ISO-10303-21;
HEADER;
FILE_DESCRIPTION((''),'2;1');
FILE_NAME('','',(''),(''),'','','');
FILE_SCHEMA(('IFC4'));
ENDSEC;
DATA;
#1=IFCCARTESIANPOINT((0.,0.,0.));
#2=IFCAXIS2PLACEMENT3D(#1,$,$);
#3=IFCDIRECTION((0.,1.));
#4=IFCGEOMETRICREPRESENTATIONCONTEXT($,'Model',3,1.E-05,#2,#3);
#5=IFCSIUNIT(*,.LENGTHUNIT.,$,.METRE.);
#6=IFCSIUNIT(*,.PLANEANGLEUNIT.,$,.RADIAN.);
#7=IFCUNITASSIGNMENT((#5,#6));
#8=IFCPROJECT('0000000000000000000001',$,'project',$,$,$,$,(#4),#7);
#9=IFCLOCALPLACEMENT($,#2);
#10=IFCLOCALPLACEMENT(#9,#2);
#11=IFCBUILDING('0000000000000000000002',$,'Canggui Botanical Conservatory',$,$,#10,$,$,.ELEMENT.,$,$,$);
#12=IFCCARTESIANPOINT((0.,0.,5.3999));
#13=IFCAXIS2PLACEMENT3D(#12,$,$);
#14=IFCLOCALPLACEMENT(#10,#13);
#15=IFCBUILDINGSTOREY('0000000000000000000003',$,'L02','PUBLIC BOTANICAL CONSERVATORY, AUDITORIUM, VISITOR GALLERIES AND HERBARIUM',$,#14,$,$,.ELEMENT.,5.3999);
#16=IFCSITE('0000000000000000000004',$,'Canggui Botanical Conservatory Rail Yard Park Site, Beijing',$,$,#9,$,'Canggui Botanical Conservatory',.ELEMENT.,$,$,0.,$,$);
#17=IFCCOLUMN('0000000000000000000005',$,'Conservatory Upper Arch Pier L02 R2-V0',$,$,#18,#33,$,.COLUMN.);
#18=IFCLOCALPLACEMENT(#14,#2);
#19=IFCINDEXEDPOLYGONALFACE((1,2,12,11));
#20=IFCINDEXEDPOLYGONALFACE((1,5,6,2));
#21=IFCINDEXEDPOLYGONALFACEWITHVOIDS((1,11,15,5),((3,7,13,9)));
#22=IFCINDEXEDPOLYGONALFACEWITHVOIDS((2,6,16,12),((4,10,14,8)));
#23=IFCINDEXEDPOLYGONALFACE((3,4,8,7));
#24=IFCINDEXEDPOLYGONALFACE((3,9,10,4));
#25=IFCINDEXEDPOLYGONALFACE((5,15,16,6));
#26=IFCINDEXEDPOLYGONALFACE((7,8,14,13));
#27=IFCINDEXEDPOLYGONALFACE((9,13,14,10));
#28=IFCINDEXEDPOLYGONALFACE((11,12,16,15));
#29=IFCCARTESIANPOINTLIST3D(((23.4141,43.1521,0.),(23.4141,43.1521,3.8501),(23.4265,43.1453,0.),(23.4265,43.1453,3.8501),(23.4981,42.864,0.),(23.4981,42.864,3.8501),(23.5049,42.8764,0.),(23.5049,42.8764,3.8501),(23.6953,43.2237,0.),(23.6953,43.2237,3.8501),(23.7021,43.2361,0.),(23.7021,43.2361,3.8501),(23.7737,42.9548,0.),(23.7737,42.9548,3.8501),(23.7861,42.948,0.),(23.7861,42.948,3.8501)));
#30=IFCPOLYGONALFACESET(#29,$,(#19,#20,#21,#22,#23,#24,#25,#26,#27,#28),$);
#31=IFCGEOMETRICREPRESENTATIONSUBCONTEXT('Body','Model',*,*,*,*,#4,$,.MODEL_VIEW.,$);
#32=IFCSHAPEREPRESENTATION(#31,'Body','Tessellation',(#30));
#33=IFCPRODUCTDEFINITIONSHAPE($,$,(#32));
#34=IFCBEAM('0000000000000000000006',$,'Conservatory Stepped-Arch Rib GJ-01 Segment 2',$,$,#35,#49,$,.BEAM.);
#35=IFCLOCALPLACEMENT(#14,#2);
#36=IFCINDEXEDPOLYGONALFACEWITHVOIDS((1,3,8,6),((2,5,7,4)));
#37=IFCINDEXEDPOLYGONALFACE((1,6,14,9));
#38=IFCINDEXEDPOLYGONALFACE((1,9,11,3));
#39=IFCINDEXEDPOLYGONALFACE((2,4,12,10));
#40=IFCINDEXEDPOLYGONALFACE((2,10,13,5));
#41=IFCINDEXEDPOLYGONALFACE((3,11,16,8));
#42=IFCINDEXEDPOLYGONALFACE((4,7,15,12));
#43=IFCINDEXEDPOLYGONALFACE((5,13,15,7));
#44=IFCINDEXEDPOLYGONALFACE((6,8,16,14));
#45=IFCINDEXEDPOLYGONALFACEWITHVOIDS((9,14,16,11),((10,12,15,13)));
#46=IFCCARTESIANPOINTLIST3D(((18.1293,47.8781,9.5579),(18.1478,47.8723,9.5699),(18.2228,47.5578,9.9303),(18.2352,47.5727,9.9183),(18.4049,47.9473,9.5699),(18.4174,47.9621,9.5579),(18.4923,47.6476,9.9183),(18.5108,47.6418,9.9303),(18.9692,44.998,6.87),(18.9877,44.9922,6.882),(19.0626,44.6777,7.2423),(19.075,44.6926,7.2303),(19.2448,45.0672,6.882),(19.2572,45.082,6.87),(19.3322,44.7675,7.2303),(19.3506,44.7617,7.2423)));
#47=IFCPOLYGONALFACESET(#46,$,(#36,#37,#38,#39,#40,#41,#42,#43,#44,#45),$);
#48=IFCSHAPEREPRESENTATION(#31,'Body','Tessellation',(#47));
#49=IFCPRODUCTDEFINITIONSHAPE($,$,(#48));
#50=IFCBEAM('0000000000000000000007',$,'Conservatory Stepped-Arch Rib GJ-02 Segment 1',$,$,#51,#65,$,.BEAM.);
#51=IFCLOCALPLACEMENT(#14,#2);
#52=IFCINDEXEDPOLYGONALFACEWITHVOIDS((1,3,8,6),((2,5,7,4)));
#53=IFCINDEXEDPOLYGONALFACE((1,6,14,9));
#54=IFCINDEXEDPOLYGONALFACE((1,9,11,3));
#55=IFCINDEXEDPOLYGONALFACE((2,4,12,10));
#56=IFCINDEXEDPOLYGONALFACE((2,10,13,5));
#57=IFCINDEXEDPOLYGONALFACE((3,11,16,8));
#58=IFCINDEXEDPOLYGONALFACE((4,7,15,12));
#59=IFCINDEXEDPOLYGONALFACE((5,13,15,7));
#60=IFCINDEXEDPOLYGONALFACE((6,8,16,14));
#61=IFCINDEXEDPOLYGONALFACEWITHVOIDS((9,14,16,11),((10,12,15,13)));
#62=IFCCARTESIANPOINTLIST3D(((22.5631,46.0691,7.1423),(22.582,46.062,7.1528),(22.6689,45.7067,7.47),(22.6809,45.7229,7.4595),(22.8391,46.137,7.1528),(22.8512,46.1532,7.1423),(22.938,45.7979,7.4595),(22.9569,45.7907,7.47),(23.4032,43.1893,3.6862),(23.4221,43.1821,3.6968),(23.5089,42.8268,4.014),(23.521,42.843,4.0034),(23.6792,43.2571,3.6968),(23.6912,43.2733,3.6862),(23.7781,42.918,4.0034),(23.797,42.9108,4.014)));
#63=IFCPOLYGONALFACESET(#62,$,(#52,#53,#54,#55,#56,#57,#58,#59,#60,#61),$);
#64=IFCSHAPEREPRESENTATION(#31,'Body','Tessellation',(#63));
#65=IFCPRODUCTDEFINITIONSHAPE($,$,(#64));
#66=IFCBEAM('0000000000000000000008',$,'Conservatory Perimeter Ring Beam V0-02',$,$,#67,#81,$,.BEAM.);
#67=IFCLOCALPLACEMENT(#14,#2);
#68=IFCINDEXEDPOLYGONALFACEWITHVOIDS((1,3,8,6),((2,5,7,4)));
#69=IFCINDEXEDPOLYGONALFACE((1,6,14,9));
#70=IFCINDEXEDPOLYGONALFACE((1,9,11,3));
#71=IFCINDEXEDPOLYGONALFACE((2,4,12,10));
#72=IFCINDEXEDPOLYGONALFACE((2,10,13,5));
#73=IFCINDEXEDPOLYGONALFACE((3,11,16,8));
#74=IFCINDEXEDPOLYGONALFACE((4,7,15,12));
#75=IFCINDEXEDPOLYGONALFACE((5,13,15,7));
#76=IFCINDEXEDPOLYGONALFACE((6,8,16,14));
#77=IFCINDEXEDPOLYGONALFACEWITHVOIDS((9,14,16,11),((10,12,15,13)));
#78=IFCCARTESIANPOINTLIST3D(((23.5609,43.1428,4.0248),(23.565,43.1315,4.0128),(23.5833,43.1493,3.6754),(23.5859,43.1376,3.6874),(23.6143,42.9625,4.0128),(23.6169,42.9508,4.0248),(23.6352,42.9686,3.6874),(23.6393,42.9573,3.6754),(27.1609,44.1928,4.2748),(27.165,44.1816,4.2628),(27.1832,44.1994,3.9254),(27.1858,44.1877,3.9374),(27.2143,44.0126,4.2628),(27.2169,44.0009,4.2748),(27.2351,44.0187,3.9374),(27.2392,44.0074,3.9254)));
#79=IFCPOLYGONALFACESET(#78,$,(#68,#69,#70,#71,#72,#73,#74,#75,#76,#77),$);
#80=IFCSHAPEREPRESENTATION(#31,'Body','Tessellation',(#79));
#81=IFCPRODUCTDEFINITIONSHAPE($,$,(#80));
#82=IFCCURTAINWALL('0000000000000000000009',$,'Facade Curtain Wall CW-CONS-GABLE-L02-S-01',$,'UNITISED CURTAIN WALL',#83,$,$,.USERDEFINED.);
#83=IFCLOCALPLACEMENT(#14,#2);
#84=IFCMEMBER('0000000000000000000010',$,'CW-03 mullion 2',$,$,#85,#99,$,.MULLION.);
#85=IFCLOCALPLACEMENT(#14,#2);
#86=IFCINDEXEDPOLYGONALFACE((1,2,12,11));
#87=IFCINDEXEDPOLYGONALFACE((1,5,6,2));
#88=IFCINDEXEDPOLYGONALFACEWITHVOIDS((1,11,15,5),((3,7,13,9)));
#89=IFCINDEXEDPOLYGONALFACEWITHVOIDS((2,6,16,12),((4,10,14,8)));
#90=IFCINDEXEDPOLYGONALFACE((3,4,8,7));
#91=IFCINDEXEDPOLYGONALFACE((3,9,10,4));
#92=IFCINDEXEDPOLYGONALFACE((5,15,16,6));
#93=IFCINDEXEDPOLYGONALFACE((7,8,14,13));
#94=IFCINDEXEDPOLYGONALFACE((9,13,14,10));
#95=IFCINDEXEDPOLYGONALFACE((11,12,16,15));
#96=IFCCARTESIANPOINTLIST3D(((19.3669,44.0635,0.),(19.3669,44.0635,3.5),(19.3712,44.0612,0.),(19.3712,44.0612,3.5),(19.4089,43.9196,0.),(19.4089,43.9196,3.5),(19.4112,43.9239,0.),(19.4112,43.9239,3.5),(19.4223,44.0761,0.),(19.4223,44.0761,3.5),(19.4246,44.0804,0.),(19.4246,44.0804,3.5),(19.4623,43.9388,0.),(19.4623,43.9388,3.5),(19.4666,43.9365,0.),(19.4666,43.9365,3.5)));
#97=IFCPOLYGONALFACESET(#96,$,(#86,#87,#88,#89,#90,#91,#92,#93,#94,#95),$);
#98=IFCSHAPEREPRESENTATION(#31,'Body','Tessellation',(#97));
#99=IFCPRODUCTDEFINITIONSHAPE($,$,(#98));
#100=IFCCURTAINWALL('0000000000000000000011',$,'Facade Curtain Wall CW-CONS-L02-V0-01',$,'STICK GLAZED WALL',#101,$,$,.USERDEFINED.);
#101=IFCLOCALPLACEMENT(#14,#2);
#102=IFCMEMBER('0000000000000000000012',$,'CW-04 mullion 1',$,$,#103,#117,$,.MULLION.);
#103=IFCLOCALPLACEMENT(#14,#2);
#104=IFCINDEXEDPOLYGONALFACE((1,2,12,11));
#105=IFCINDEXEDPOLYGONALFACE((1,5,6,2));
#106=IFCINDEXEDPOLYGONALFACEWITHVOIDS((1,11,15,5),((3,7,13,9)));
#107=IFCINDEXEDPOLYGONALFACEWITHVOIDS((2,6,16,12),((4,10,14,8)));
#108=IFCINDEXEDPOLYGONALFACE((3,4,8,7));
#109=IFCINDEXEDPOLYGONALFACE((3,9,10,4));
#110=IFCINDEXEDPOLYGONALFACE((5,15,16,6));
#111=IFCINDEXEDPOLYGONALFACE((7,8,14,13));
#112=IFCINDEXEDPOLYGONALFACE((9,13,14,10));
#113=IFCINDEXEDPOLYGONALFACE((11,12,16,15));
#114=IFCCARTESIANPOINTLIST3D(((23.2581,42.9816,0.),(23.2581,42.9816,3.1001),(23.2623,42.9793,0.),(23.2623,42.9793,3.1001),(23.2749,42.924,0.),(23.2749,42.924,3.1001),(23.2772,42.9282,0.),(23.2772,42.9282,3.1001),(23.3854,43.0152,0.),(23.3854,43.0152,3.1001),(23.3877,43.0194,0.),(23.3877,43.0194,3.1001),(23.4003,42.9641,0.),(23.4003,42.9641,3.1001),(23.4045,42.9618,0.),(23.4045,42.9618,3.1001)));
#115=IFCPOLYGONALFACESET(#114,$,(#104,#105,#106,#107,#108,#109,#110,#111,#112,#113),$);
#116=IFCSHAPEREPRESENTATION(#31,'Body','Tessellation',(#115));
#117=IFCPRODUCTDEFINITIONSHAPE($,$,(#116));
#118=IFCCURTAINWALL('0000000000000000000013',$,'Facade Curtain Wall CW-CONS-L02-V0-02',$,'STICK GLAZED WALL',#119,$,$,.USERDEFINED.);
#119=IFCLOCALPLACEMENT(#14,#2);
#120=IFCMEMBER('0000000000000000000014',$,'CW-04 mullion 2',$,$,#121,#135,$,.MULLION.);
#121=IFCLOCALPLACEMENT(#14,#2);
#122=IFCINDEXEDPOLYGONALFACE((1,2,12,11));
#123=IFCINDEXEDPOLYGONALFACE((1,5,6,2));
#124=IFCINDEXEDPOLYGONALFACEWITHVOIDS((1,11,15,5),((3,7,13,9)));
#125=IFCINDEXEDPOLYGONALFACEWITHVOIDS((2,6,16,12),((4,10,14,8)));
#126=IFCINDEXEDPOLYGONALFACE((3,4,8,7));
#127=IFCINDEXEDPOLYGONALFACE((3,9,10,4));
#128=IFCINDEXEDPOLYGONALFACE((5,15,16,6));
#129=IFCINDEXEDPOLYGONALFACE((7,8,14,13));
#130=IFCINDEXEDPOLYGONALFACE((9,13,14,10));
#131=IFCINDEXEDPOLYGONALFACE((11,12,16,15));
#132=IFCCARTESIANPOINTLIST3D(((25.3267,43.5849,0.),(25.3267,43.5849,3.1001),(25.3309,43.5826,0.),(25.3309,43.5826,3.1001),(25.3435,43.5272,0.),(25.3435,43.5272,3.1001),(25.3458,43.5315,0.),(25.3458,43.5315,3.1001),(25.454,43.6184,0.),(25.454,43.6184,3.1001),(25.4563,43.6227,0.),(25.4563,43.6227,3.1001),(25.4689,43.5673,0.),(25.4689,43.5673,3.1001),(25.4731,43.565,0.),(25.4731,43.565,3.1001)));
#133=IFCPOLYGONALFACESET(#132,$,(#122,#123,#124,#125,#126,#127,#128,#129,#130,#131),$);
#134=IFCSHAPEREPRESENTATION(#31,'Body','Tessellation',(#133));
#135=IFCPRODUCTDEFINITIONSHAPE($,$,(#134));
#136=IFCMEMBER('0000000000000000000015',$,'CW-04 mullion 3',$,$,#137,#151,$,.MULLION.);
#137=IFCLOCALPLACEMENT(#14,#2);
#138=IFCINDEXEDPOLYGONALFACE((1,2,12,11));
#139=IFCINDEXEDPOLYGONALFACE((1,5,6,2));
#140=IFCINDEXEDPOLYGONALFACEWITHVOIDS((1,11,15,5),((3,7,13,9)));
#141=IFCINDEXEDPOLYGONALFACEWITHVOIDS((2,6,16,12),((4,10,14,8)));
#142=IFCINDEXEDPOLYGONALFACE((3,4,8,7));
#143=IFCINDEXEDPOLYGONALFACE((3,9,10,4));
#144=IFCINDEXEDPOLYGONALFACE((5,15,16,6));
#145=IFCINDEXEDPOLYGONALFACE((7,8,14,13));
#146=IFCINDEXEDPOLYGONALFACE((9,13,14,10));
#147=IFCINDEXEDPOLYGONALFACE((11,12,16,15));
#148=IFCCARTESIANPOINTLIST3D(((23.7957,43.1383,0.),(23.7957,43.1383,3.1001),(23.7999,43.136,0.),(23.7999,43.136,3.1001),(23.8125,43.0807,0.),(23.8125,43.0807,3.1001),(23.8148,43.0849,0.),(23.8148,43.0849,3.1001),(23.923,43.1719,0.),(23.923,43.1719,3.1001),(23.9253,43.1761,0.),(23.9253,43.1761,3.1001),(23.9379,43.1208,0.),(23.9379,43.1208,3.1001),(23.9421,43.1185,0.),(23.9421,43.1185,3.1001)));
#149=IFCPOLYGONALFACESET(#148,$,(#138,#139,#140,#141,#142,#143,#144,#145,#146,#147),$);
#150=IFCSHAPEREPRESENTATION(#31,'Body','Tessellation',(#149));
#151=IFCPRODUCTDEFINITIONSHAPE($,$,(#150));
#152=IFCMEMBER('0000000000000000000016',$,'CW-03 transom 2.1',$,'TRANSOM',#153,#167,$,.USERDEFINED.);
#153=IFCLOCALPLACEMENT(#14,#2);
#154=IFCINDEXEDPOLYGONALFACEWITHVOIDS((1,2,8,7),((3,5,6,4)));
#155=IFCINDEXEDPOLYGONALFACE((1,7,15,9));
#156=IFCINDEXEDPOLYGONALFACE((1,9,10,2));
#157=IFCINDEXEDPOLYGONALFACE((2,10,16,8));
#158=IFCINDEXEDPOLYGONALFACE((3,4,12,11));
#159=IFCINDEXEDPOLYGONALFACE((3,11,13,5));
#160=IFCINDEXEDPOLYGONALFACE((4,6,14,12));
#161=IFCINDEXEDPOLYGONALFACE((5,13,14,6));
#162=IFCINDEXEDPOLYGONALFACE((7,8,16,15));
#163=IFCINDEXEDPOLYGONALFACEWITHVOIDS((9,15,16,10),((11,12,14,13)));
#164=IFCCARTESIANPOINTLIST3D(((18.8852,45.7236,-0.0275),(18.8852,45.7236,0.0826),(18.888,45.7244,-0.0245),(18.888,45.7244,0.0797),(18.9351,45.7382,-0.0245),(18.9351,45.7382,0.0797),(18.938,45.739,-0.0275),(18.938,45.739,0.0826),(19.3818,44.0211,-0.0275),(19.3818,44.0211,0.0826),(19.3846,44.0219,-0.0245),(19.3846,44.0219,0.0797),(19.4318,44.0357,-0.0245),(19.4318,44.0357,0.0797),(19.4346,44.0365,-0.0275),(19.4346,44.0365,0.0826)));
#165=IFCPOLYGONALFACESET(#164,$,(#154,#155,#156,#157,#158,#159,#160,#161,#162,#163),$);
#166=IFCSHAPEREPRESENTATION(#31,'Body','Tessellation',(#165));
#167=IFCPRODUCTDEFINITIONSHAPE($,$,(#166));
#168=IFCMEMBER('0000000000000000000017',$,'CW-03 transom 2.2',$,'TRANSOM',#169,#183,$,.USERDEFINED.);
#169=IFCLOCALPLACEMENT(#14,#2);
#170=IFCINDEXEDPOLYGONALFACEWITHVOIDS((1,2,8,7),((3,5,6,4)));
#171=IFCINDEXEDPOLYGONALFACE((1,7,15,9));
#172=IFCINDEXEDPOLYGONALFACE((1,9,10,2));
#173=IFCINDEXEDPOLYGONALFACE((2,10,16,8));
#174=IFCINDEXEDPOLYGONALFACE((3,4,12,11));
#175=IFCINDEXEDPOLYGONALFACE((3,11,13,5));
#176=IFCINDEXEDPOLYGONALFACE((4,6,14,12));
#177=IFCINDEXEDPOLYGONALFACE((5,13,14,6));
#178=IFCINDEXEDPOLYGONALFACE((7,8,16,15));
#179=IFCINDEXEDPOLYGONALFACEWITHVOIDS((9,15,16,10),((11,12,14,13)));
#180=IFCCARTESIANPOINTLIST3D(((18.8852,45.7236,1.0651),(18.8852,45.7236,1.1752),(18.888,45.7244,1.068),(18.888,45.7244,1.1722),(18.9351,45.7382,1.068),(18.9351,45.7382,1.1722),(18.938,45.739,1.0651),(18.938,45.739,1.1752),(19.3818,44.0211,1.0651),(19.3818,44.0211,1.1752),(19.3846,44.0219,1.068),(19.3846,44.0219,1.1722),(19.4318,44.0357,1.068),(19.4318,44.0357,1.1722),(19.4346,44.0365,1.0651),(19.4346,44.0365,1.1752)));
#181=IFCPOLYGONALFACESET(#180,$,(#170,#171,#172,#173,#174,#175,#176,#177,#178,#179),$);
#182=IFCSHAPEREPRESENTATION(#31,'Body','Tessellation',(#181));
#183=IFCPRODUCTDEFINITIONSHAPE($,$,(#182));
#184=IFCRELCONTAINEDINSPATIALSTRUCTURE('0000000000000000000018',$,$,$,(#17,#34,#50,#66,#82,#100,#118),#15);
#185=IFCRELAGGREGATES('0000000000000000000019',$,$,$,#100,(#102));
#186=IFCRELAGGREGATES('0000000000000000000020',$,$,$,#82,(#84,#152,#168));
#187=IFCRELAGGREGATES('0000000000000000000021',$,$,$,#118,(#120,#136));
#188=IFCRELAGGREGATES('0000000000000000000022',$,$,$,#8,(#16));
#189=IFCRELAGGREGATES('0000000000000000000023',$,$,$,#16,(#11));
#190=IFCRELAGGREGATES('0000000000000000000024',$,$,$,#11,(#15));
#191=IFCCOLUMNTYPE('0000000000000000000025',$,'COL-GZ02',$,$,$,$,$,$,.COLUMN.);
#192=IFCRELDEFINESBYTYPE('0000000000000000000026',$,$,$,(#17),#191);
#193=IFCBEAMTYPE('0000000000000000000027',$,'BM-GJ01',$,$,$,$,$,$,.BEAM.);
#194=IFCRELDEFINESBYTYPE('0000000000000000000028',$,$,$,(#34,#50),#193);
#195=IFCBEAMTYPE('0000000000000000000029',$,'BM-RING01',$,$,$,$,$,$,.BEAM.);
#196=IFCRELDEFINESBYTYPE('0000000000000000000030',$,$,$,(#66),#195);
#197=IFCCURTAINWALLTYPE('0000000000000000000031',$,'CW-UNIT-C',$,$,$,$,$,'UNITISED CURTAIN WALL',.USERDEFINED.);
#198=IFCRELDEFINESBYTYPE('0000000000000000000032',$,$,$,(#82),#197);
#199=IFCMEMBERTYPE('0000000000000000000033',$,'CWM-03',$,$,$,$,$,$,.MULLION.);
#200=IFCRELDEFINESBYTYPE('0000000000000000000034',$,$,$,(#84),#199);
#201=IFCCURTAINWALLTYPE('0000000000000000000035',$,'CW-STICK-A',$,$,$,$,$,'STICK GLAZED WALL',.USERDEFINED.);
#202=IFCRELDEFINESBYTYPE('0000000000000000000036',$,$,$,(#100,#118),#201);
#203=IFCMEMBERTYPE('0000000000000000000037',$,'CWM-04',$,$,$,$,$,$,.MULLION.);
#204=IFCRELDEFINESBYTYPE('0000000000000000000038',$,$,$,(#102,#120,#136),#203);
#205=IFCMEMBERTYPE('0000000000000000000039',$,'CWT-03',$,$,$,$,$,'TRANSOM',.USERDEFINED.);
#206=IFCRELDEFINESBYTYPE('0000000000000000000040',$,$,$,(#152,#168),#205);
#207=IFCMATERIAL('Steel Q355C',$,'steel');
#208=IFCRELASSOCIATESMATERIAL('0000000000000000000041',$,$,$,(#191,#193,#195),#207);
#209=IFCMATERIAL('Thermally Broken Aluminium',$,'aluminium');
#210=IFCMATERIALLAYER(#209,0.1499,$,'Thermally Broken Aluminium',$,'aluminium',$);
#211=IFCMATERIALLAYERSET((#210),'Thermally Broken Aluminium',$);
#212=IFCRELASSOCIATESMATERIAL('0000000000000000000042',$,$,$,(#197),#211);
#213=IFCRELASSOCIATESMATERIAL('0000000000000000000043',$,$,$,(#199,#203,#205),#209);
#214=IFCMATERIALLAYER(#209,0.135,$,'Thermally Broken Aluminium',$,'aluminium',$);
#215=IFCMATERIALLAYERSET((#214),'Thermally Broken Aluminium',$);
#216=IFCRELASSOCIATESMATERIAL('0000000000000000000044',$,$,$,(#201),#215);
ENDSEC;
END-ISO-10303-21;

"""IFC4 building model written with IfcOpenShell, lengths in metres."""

from ifc_helpers import new_model, si_unit, direction, frame, origin, origin_2d, place, context, subcontext, project, spatial, hollow_rectangle, extrude, material, layer, layer_set, material_profile, profile_set, type_object, element, aggregate, save


model = new_model("IFC4")

# Units and contexts
model_context = context("Model", 3, precision=1e-05, world=origin(), true_north=direction((0.0, 1.0)))
body_context = subcontext(model_context, "Body", "Model", "MODEL_VIEW")
ifc_project = project(units=[si_unit("LENGTHUNIT", "METRE"), si_unit("PLANEANGLEUNIT", "RADIAN")], contexts=[model_context])

# Site, building, storey
site_placement = place(None, origin())
site = spatial("IfcSite", under=ifc_project, at=site_placement, Name="Canggui Botanical Conservatory Rail Yard Park Site, Beijing", LongName="Canggui Botanical Conservatory", CompositionType="ELEMENT", RefElevation=0.0)
building_placement = place(site_placement, origin())
building = spatial("IfcBuilding", under=site, at=building_placement, Name="Canggui Botanical Conservatory", CompositionType="ELEMENT")
storey_placement = place(building_placement, frame((0.0, 0.0, 5.3999)))
storey = spatial("IfcBuildingStorey", under=building, at=storey_placement, Name="L02", Description="PUBLIC BOTANICAL CONSERVATORY, AUDITORIUM, VISITOR GALLERIES AND HERBARIUM", CompositionType="ELEMENT", Elevation=5.3999)

# Column
ifc_material_1 = material(Name="Steel Q355C", Category="steel")
ifc_material_profile_1 = material_profile(ifc_material_1, hollow_rectangle(XDim=0.3, YDim=0.3, WallThickness=0.01, at=origin_2d()), Name="SHS 300x300x10")
ifc_profile_set_1 = profile_set([ifc_material_profile_1], Name="Steel Q355C")
column_type = type_object("IfcColumnType", Name="COL-GZ02", PredefinedType="COLUMN", material=ifc_profile_set_1)
column_placement = place(storey_placement, frame((23.6001, 43.05, 0.0), z_axis=(0.0, 0.0, 1.0), x_axis=(0.96, 0.28, 0.0)))
element("IfcColumn", 1, at=column_placement, inside=storey, type_object=column_type, Name="Conservatory Upper Arch Pier L02 R2-V0", PredefinedType="COLUMN", context=body_context, shape_type="SweptSolid", body=[
    extrude(hollow_rectangle(XDim=0.3, YDim=0.3, WallThickness=0.01, at=origin_2d()), origin(), (0.0, 0.0, 1.0), 3.8501),
])

# Beams
ifc_material_profile_2 = material_profile(ifc_material_1, hollow_rectangle(XDim=0.3, YDim=0.5, WallThickness=0.0161, at=origin_2d()), Name="RHS 300x500x16")
ifc_profile_set_2 = profile_set([ifc_material_profile_2], Name="Steel Q355C")
beam_type_1 = type_object("IfcBeamType", Name="BM-GJ01", PredefinedType="BEAM", material=ifc_profile_set_2)
beam_1_placement = place(storey_placement, frame((19.1599, 44.8799, 7.0562), z_axis=(-0.208495, 0.715005, 0.667306), x_axis=(-0.960017, -0.279941, 0.0)))
element("IfcBeam", 2, at=beam_1_placement, inside=storey, type_object=beam_type_1, Name="Conservatory Stepped-Arch Rib GJ-01 Segment 2", PredefinedType="BEAM", context=body_context, shape_type="SweptSolid", body=[
    extrude(hollow_rectangle(XDim=0.3, YDim=0.5, WallThickness=0.0161, at=origin_2d()), origin(), (0.0, 0.0, 1.0), 4.0281),
])
beam_2_placement = place(storey_placement, frame((23.6001, 43.05, 3.8501), z_axis=(-0.183568, 0.629285, 0.755184), x_axis=(-0.959989, -0.280038, 0.0)))
element("IfcBeam", 3, at=beam_2_placement, inside=storey, type_object=beam_type_1, Name="Conservatory Stepped-Arch Rib GJ-02 Segment 1", PredefinedType="BEAM", context=body_context, shape_type="SweptSolid", body=[
    extrude(hollow_rectangle(XDim=0.3, YDim=0.5, WallThickness=0.0161, at=origin_2d()), origin(), (0.0, 0.0, 1.0), 4.5764),
])
ifc_material_profile_3 = material_profile(ifc_material_1, hollow_rectangle(XDim=0.2, YDim=0.3501, WallThickness=0.012, at=origin_2d()), Name="RHS 200x350x12")
ifc_profile_set_3 = profile_set([ifc_material_profile_3], Name="Steel Q355C")
beam_type_2 = type_object("IfcBeamType", Name="BM-RING01", PredefinedType="BEAM", material=ifc_profile_set_3)
beam_3_placement = place(storey_placement, frame((23.6001, 43.05, 3.8501), z_axis=(0.957867, 0.279402, 0.066521), x_axis=(-0.280023, 0.959993, 0.0)))
element("IfcBeam", 4, at=beam_3_placement, inside=storey, type_object=beam_type_2, Name="Conservatory Perimeter Ring Beam V0-02", PredefinedType="BEAM", context=body_context, shape_type="SweptSolid", body=[
    extrude(hollow_rectangle(XDim=0.2, YDim=0.3501, WallThickness=0.012, at=origin_2d()), origin(), (0.0, 0.0, 1.0), 3.7583),
])

# Curtain walls, members
ifc_material_2 = material(Name="Thermally Broken Aluminium", Category="aluminium")
ifc_layer_1 = layer(ifc_material_2, 0.1499, Name="Thermally Broken Aluminium", Category="aluminium")
ifc_layer_set_1 = layer_set([ifc_layer_1], Name="Thermally Broken Aluminium")
curtain_wall_type_1 = type_object("IfcCurtainWallType", Name="CW-UNIT-C", ElementType="UNITISED CURTAIN WALL", PredefinedType="USERDEFINED", material=ifc_layer_set_1)
curtain_wall_1_placement = place(storey_placement, origin())
curtain_wall_1 = element("IfcCurtainWall", 5, at=curtain_wall_1_placement, inside=storey, type_object=curtain_wall_type_1, Name="Facade Curtain Wall CW-CONS-GABLE-L02-S-01", ObjectType="UNITISED CURTAIN WALL", PredefinedType="USERDEFINED")
ifc_material_profile_4 = material_profile(ifc_material_2, hollow_rectangle(XDim=0.0601, YDim=0.1499, WallThickness=0.0034, at=origin_2d()), Name="CWM 60x150x3.5")
ifc_profile_set_4 = profile_set([ifc_material_profile_4], Name="Thermally Broken Aluminium")
member_type_1 = type_object("IfcMemberType", Name="CWM-03", PredefinedType="MULLION", material=ifc_profile_set_4)
member_1_placement = place(storey_placement, frame((19.4167, 44.0, 0.0), z_axis=(0.0, 0.0, 1.0), x_axis=(-0.96, -0.28, 0.0)))
member_1 = element("IfcMember", 6, at=member_1_placement, type_object=member_type_1, Name="CW-03 mullion 2", PredefinedType="MULLION", context=body_context, shape_type="SweptSolid", body=[
    extrude(hollow_rectangle(XDim=0.0601, YDim=0.1499, WallThickness=0.0034, at=origin_2d()), origin(), (0.0, 0.0, 1.0), 3.5),
])
ifc_layer_2 = layer(ifc_material_2, 0.135, Name="Thermally Broken Aluminium", Category="aluminium")
ifc_layer_set_2 = layer_set([ifc_layer_2], Name="Thermally Broken Aluminium")
curtain_wall_type_2 = type_object("IfcCurtainWallType", Name="CW-STICK-A", ElementType="STICK GLAZED WALL", PredefinedType="USERDEFINED", material=ifc_layer_set_2)
curtain_wall_2_placement = place(storey_placement, origin())
curtain_wall_2 = element("IfcCurtainWall", 7, at=curtain_wall_2_placement, inside=storey, type_object=curtain_wall_type_2, Name="Facade Curtain Wall CW-CONS-L02-V0-01", ObjectType="STICK GLAZED WALL", PredefinedType="USERDEFINED")
ifc_material_profile_5 = material_profile(ifc_material_2, hollow_rectangle(XDim=0.0601, YDim=0.135, WallThickness=0.0034, at=origin_2d()), Name="CWM 60x135x3.5")
ifc_profile_set_5 = profile_set([ifc_material_profile_5], Name="Thermally Broken Aluminium")
member_type_2 = type_object("IfcMemberType", Name="CWM-04", PredefinedType="MULLION", material=ifc_profile_set_5)
member_2_placement = place(storey_placement, frame((23.3313, 42.9717, 0.0), z_axis=(0.0, 0.0, 1.0), x_axis=(0.28, -0.96, 0.0)))
member_2 = element("IfcMember", 8, at=member_2_placement, type_object=member_type_2, Name="CW-04 mullion 1", PredefinedType="MULLION", context=body_context, shape_type="SweptSolid", body=[
    extrude(hollow_rectangle(XDim=0.0601, YDim=0.135, WallThickness=0.0034, at=origin_2d()), origin(), (0.0, 0.0, 1.0), 3.1001),
])

# Curtain wall, members
curtain_wall_3_placement = place(storey_placement, origin())
curtain_wall_3 = element("IfcCurtainWall", 9, at=curtain_wall_3_placement, inside=storey, type_object=curtain_wall_type_2, Name="Facade Curtain Wall CW-CONS-L02-V0-02", ObjectType="STICK GLAZED WALL", PredefinedType="USERDEFINED")
member_3_placement = place(storey_placement, frame((25.3999, 43.575, 0.0), z_axis=(0.0, 0.0, 1.0), x_axis=(0.28, -0.96, 0.0)))
member_3 = element("IfcMember", 10, at=member_3_placement, type_object=member_type_2, Name="CW-04 mullion 2", PredefinedType="MULLION", context=body_context, shape_type="SweptSolid", body=[
    extrude(hollow_rectangle(XDim=0.0601, YDim=0.135, WallThickness=0.0034, at=origin_2d()), origin(), (0.0, 0.0, 1.0), 3.1001),
])
member_4_placement = place(storey_placement, frame((23.8689, 43.1284, 0.0), z_axis=(0.0, 0.0, 1.0), x_axis=(0.28, -0.96, 0.0)))
member_4 = element("IfcMember", 11, at=member_4_placement, type_object=member_type_2, Name="CW-04 mullion 3", PredefinedType="MULLION", context=body_context, shape_type="SweptSolid", body=[
    extrude(hollow_rectangle(XDim=0.0601, YDim=0.135, WallThickness=0.0034, at=origin_2d()), origin(), (0.0, 0.0, 1.0), 3.1001),
])

# Members
ifc_material_profile_6 = material_profile(ifc_material_2, hollow_rectangle(XDim=0.0549, YDim=0.1101, WallThickness=0.0029, at=origin_2d()), Name="CWT 55x110x3")
ifc_profile_set_6 = profile_set([ifc_material_profile_6], Name="Thermally Broken Aluminium")
member_type_3 = type_object("IfcMemberType", Name="CWT-03", ElementType="TRANSOM", PredefinedType="USERDEFINED", material=ifc_profile_set_6)
member_5_placement = place(storey_placement, frame((19.4082, 44.0288, 0.0276), z_axis=(-0.280026, 0.959992, 0.0), x_axis=(-0.959992, -0.280026, 0.0)))
member_5 = element("IfcMember", 12, at=member_5_placement, type_object=member_type_3, Name="CW-03 transom 2.1", ObjectType="TRANSOM", PredefinedType="USERDEFINED", context=body_context, shape_type="SweptSolid", body=[
    extrude(hollow_rectangle(XDim=0.0549, YDim=0.1101, WallThickness=0.0029, at=origin_2d()), origin(), (0.0, 0.0, 1.0), 1.7734),
])
member_6_placement = place(storey_placement, frame((19.4082, 44.0288, 1.1201), z_axis=(-0.280026, 0.959992, 0.0), x_axis=(-0.959992, -0.280026, 0.0)))
member_6 = element("IfcMember", 13, at=member_6_placement, type_object=member_type_3, Name="CW-03 transom 2.2", ObjectType="TRANSOM", PredefinedType="USERDEFINED", context=body_context, shape_type="SweptSolid", body=[
    extrude(hollow_rectangle(XDim=0.0549, YDim=0.1101, WallThickness=0.0029, at=origin_2d()), origin(), (0.0, 0.0, 1.0), 1.7734),
])
aggregate(curtain_wall_2, [member_2])

aggregate(curtain_wall_1, [member_1, member_5, member_6])
aggregate(curtain_wall_3, [member_3, member_4])

save(model, "model.ifc")
